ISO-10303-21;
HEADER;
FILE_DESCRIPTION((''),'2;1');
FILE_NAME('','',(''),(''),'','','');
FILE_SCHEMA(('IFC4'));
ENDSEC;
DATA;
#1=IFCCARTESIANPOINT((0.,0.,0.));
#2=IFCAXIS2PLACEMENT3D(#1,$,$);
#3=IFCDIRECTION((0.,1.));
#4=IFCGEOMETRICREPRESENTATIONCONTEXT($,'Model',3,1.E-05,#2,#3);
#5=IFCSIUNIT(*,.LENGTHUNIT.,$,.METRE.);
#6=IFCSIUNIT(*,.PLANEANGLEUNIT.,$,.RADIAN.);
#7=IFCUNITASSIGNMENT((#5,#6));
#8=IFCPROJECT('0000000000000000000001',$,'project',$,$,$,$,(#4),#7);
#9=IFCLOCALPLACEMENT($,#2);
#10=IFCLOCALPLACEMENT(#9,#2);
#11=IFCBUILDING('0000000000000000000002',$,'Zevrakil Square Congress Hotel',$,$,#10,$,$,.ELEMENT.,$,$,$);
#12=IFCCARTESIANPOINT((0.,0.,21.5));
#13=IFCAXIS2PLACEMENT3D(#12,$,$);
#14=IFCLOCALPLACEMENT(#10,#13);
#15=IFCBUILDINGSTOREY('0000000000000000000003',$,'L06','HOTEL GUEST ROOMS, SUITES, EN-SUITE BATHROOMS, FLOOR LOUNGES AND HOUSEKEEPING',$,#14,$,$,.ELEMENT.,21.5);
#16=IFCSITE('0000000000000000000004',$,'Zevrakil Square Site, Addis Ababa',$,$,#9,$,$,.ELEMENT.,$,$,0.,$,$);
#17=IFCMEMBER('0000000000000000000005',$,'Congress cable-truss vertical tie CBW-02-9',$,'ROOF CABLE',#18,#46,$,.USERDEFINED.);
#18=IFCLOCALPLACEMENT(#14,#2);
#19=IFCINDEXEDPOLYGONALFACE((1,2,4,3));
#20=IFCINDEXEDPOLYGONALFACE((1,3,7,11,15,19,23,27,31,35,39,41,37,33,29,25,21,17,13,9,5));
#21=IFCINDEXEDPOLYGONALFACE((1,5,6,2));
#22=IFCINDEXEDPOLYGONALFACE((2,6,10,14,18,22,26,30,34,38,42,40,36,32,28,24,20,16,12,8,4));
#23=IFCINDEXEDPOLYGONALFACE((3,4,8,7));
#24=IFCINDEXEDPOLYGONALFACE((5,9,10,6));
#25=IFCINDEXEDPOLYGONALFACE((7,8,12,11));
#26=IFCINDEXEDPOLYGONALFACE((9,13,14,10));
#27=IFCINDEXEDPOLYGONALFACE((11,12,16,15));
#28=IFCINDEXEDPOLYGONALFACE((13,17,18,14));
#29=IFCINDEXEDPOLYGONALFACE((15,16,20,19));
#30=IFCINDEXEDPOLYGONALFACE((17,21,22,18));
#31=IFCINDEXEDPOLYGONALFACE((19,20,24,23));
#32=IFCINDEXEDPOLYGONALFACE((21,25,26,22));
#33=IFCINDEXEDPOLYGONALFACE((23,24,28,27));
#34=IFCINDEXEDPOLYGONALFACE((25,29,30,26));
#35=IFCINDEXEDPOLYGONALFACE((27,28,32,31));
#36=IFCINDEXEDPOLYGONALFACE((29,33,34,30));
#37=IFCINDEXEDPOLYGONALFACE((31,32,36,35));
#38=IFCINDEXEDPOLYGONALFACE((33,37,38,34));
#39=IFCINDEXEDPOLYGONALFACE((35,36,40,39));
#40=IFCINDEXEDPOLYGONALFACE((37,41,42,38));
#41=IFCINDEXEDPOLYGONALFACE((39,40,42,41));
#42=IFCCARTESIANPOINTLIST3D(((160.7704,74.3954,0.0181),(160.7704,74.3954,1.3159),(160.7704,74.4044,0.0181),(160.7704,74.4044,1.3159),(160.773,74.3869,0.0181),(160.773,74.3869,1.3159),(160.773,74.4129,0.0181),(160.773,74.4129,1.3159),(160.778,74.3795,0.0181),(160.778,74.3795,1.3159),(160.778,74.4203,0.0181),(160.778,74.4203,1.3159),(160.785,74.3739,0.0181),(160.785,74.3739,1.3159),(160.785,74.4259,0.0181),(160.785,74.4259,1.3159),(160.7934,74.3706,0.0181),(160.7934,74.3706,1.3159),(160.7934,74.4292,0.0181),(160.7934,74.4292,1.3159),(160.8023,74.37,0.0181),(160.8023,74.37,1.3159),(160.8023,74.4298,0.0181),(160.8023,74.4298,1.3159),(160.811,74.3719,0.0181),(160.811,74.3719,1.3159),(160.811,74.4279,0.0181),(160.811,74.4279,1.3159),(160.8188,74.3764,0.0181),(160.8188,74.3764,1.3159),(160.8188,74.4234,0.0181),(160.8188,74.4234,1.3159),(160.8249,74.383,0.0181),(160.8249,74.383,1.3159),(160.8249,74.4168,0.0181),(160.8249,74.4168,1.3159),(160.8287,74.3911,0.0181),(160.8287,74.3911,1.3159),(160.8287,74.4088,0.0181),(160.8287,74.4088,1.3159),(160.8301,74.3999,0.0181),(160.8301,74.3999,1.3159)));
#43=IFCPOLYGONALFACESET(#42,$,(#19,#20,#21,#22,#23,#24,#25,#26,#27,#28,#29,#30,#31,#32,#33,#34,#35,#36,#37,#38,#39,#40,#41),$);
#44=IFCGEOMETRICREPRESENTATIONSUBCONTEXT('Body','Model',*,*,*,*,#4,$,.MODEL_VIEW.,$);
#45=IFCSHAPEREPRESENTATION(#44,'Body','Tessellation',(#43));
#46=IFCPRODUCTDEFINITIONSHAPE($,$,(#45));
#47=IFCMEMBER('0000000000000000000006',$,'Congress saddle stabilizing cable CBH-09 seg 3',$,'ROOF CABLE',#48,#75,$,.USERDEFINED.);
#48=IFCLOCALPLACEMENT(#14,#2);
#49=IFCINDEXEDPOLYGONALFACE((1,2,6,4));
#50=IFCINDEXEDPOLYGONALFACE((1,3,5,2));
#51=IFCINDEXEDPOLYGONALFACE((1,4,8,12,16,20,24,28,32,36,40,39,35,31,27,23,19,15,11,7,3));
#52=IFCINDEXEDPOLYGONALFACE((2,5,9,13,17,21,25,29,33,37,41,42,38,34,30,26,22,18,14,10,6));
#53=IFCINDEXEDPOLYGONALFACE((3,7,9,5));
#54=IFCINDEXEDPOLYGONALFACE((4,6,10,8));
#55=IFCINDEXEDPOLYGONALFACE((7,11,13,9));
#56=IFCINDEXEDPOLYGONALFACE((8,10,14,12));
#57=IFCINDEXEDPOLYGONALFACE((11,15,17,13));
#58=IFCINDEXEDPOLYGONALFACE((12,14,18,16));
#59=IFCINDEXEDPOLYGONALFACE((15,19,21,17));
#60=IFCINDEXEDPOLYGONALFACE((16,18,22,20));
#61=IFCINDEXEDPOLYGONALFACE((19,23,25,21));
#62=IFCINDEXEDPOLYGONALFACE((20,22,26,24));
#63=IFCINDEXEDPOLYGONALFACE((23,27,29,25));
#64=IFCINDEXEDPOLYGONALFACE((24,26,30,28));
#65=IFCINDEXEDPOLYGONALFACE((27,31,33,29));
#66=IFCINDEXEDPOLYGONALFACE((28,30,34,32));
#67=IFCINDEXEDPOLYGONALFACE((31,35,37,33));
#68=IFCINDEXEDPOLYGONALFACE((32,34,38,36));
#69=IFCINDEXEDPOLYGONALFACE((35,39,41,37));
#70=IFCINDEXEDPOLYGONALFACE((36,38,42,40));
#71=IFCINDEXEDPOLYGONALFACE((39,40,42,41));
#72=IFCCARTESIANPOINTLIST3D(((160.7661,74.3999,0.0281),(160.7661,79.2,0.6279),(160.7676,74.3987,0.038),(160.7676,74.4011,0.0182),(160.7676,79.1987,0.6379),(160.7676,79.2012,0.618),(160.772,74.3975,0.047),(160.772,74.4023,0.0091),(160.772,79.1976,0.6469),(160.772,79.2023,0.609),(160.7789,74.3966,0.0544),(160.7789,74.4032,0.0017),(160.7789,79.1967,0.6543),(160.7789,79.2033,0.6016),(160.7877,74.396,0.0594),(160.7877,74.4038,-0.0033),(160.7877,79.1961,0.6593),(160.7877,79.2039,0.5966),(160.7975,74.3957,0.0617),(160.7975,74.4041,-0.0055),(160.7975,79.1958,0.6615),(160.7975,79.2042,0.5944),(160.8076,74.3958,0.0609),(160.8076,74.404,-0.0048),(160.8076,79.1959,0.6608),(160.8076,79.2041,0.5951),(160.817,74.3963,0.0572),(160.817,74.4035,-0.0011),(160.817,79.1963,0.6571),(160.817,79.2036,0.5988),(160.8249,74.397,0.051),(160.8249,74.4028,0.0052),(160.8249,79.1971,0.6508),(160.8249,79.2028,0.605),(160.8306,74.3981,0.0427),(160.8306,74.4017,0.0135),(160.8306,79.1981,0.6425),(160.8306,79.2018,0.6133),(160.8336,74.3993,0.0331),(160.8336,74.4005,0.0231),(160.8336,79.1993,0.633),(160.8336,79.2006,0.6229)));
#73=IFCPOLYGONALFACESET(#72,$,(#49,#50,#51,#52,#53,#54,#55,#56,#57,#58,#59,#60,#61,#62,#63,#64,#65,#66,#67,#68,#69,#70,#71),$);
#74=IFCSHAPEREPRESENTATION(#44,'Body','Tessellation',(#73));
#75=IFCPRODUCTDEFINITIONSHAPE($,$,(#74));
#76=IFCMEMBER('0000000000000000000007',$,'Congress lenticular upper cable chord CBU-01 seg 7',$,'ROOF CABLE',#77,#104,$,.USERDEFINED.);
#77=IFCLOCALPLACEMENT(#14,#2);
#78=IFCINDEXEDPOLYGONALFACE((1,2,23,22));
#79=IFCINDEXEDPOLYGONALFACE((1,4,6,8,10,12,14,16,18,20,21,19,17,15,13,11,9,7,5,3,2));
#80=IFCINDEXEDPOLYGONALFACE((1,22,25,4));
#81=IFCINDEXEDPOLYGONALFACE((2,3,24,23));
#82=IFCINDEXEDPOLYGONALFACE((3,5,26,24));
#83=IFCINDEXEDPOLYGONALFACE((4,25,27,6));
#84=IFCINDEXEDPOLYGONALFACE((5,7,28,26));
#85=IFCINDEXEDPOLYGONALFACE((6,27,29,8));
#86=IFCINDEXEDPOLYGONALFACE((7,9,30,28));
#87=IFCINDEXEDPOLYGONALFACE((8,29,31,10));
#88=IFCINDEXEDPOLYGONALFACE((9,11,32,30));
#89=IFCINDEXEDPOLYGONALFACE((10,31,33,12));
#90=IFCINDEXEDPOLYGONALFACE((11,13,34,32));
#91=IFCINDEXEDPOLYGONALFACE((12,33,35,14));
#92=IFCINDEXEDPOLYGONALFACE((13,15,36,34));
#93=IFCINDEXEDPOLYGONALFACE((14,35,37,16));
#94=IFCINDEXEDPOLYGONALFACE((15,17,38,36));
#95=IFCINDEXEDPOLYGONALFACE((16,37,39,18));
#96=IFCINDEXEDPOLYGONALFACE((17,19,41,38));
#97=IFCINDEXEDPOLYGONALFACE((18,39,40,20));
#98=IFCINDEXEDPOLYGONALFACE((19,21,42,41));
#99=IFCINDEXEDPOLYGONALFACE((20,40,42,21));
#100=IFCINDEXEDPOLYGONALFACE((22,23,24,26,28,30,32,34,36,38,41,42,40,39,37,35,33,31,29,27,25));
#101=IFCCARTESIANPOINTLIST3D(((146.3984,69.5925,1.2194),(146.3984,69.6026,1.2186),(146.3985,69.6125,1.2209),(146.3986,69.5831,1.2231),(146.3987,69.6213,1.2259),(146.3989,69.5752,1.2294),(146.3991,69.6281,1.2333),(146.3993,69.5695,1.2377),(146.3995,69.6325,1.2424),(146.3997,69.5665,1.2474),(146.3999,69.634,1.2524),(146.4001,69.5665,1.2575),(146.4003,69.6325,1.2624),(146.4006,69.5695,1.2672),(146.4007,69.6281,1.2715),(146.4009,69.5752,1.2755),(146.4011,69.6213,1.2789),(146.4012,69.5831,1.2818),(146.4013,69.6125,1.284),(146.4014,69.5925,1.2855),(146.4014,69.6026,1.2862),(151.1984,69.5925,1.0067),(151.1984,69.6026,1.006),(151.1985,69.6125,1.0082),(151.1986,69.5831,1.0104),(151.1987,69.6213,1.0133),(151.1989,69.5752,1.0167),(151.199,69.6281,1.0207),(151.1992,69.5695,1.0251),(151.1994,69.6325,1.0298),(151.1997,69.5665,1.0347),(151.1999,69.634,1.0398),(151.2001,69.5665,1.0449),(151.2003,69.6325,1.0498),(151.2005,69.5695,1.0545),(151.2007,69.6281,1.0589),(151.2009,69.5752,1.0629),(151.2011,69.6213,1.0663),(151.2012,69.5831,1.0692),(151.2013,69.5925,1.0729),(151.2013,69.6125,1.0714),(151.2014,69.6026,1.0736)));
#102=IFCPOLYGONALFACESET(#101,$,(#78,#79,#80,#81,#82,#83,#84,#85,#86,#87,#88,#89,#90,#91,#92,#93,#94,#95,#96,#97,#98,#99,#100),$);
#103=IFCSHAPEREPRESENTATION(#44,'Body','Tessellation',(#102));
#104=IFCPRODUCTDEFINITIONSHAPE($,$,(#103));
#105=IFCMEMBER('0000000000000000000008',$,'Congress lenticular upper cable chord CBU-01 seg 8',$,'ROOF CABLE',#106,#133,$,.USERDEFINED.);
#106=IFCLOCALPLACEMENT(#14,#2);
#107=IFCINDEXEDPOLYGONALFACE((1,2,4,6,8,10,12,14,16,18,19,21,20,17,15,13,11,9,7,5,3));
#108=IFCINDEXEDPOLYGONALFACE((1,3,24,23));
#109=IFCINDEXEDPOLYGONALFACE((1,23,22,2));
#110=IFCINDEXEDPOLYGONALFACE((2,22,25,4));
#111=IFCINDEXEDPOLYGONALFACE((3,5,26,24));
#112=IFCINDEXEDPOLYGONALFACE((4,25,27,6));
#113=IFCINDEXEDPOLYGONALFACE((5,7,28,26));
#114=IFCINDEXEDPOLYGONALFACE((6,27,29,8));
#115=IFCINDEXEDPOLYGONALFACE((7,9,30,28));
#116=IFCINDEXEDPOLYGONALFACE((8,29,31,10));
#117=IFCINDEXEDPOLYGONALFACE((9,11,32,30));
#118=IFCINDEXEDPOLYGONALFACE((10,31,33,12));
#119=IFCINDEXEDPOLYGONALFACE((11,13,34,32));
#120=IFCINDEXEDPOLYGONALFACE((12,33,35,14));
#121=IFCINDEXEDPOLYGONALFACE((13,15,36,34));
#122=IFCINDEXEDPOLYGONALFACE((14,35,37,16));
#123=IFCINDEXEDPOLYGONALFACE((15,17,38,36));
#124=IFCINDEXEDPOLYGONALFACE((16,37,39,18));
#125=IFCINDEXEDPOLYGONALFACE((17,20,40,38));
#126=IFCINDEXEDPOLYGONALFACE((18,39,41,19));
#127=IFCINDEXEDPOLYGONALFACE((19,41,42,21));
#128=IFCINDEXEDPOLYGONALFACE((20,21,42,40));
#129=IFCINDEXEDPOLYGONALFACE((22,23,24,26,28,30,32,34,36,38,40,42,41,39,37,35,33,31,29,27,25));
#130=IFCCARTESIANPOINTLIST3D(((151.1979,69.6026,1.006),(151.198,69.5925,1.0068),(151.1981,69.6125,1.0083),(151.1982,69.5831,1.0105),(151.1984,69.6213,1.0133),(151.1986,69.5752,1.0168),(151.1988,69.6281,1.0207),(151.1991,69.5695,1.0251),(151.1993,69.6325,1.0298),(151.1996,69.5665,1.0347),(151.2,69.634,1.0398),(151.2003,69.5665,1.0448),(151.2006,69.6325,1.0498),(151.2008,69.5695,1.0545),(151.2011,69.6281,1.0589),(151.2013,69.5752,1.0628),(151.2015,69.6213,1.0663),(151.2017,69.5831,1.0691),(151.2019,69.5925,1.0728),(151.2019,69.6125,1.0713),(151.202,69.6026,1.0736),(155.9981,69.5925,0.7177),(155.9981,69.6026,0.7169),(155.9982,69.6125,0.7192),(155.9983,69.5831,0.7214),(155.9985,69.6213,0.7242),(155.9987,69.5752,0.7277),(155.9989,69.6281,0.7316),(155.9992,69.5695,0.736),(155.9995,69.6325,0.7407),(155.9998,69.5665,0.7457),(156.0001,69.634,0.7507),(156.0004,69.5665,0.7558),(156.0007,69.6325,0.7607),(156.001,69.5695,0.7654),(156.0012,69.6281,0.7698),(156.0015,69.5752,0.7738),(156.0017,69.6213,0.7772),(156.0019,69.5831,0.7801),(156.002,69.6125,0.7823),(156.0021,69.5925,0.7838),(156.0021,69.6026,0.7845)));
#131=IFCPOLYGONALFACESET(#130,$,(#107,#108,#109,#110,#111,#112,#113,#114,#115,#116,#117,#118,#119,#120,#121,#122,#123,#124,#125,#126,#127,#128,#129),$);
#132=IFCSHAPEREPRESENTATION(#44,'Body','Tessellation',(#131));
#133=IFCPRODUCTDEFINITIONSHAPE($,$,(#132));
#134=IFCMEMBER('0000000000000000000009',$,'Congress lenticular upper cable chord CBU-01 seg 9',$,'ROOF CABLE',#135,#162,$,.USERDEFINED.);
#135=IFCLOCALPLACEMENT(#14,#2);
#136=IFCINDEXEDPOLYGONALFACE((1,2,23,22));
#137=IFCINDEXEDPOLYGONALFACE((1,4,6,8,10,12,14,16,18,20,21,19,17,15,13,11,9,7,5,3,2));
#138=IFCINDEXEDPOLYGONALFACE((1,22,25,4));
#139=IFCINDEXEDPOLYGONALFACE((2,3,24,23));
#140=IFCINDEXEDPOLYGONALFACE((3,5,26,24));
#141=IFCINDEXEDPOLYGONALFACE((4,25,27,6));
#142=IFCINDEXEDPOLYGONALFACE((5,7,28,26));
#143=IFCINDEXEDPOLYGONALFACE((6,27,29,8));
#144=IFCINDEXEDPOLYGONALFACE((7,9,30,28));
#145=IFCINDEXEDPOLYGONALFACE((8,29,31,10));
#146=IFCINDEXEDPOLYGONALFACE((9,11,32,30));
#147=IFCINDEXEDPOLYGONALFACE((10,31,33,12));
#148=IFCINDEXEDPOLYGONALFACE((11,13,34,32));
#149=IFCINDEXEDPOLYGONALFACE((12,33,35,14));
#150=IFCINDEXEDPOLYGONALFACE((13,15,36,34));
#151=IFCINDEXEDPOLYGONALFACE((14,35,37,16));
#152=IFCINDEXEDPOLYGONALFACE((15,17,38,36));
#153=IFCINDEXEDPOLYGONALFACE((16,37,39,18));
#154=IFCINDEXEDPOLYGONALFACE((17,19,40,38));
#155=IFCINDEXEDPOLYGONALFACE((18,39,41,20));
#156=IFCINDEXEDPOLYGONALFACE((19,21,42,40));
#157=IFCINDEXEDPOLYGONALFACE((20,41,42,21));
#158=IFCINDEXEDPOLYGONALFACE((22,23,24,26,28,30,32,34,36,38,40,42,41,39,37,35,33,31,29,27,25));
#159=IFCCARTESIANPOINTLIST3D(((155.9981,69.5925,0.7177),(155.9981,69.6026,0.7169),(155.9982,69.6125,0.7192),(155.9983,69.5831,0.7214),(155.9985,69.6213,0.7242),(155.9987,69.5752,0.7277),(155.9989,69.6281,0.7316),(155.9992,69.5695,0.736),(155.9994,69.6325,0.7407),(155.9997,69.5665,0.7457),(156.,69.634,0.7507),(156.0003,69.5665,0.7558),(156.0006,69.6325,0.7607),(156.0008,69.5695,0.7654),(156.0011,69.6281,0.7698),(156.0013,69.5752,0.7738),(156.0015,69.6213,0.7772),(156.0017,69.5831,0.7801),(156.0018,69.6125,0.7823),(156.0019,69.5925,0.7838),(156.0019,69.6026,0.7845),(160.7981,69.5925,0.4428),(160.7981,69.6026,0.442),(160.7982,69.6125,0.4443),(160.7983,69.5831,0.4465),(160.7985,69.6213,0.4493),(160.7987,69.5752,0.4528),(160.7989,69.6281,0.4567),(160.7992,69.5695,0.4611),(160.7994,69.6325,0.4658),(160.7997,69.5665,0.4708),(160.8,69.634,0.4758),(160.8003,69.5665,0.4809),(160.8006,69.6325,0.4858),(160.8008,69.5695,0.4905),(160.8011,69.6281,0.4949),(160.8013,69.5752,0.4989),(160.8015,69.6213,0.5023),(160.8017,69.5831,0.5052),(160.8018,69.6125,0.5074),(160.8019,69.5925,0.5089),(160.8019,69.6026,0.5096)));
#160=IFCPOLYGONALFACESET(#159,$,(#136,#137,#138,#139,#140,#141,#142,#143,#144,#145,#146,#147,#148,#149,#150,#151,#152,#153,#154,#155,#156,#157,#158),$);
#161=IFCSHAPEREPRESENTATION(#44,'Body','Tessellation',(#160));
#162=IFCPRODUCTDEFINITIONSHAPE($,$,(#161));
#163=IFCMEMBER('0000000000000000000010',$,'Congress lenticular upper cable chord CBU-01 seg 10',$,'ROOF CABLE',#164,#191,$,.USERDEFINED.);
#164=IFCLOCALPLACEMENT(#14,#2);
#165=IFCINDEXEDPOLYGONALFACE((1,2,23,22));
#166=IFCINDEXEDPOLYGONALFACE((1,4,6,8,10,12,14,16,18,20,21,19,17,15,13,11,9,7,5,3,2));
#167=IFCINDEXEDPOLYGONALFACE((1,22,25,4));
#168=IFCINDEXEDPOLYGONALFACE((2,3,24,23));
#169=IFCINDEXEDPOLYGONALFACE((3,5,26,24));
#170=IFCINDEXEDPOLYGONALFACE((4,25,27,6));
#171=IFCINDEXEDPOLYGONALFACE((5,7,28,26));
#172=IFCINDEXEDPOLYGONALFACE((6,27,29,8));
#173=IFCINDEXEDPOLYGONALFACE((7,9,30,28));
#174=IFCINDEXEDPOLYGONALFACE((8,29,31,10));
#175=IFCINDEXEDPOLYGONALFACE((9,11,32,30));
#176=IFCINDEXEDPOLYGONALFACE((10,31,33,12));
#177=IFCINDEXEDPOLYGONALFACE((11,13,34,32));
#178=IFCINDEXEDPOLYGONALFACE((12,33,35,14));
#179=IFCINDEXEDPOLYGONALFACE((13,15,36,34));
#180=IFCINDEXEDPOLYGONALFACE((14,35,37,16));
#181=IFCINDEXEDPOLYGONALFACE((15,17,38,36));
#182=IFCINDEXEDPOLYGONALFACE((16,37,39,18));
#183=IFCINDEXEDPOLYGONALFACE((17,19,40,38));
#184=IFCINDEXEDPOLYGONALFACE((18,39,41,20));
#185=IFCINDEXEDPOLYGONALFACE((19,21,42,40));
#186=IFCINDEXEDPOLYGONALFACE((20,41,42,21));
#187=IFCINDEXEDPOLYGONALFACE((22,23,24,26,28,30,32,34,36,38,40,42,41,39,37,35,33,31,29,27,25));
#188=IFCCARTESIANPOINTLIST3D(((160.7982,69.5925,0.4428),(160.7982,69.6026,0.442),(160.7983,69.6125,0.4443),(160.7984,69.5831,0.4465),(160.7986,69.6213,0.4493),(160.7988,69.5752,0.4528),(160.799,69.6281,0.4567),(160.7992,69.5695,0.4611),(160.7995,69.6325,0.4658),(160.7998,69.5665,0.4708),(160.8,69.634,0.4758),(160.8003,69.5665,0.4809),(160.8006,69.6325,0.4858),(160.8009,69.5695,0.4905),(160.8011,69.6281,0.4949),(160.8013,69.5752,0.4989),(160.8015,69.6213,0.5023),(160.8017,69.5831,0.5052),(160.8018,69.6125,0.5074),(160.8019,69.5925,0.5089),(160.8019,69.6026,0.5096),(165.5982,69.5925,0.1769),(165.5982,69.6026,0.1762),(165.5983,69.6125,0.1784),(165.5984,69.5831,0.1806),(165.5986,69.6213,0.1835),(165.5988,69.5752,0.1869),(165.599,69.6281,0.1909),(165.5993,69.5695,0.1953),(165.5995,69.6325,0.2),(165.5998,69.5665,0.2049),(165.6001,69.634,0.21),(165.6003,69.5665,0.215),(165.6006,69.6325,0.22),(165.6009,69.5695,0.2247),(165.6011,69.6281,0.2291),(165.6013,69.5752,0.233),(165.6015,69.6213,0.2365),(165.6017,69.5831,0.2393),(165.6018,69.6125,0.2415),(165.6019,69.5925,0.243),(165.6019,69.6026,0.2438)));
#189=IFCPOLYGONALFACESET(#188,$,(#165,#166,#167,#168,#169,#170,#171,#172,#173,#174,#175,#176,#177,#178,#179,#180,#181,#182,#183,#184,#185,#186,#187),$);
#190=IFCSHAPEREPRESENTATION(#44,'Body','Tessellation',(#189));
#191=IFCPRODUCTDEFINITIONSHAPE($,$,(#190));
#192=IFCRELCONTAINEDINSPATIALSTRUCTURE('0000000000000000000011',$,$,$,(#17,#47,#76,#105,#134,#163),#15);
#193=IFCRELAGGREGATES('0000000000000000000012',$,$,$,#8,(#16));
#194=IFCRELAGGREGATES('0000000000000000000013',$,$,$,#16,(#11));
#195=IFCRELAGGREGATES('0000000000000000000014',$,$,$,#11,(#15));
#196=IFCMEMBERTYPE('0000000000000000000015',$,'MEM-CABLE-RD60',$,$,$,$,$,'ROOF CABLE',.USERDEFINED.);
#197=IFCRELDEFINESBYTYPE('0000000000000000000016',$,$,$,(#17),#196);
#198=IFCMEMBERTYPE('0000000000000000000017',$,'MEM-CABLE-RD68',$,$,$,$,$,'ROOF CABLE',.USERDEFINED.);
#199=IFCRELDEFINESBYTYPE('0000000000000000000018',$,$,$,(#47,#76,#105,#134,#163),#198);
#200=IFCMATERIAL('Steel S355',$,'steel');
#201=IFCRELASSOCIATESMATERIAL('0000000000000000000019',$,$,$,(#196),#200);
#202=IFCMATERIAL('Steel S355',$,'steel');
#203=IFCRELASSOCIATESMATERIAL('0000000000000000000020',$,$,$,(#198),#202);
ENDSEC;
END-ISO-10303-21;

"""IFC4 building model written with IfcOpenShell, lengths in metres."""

from ifc_helpers import new_model, si_unit, direction, frame, origin, origin_2d, place, context, subcontext, project, spatial, circle, extrude, material, material_profile, profile_set, type_object, element, save


model = new_model("IFC4")

# Units and contexts
model_context = context("Model", 3, precision=1e-05, world=origin(), true_north=direction((0.0, 1.0)))
body_context = subcontext(model_context, "Body", "Model", "MODEL_VIEW")
ifc_project = project(units=[si_unit("LENGTHUNIT", "METRE"), si_unit("PLANEANGLEUNIT", "RADIAN")], contexts=[model_context])

# Site, building, storey
site_placement = place(None, origin())
site = spatial("IfcSite", under=ifc_project, at=site_placement, Name="Zevrakil Square Site, Addis Ababa", CompositionType="ELEMENT", RefElevation=0.0)
building_placement = place(site_placement, origin())
building = spatial("IfcBuilding", under=site, at=building_placement, Name="Zevrakil Square Congress Hotel", CompositionType="ELEMENT")
storey_placement = place(building_placement, frame((0.0, 0.0, 21.5)))
storey = spatial("IfcBuildingStorey", under=building, at=storey_placement, Name="L06", Description="HOTEL GUEST ROOMS, SUITES, EN-SUITE BATHROOMS, FLOOR LOUNGES AND HOUSEKEEPING", CompositionType="ELEMENT", Elevation=21.5)

# Members
ifc_material_1 = material(Name="Steel S355", Category="steel")
ifc_material_profile_1 = material_profile(ifc_material_1, circle(Radius=0.03, at=origin_2d()), Name="CABLE RD60")
ifc_profile_set_1 = profile_set([ifc_material_profile_1], Name="Steel S355")
member_type_1 = type_object("IfcMemberType", Name="MEM-CABLE-RD60", ElementType="ROOF CABLE", PredefinedType="USERDEFINED", material=ifc_profile_set_1)
member_1_placement = place(storey_placement, frame((160.8, 74.3999, 0.0181), z_axis=(0.0, 0.0, 1.0), x_axis=(1.0, 0.0, 0.0)))
element("IfcMember", 1, at=member_1_placement, inside=storey, type_object=member_type_1, Name="Congress cable-truss vertical tie CBW-02-9", ObjectType="ROOF CABLE", PredefinedType="USERDEFINED", context=body_context, shape_type="SweptSolid", body=[
    extrude(circle(Radius=0.03, at=origin_2d()), origin(), (0.0, 0.0, 1.0), 1.2979),
])
ifc_material_2 = material(Name="Steel S355", Category="steel")
ifc_material_profile_2 = material_profile(ifc_material_2, circle(Radius=0.0339, at=origin_2d()), Name="CABLE RD68")
ifc_profile_set_2 = profile_set([ifc_material_profile_2], Name="Steel S355")
member_type_2 = type_object("IfcMemberType", Name="MEM-CABLE-RD68", ElementType="ROOF CABLE", PredefinedType="USERDEFINED", material=ifc_profile_set_2)
member_2_placement = place(storey_placement, frame((160.8, 74.3999, 0.0281), z_axis=(0.0, 0.992282, 0.124004), x_axis=(-1.0, 0.0, 0.0)))
element("IfcMember", 2, at=member_2_placement, inside=storey, type_object=member_type_2, Name="Congress saddle stabilizing cable CBH-09 seg 3", ObjectType="ROOF CABLE", PredefinedType="USERDEFINED", context=body_context, shape_type="SweptSolid", body=[
    extrude(circle(Radius=0.0339, at=origin_2d()), origin(), (0.0, 0.0, 1.0), 4.8374),
])
member_3_placement = place(storey_placement, frame((146.3999, 69.6001, 1.2524), z_axis=(0.99902, 0.0, -0.044257), x_axis=(0.0, 1.0, 0.0)))
element("IfcMember", 3, at=member_3_placement, inside=storey, type_object=member_type_2, Name="Congress lenticular upper cable chord CBU-01 seg 7", ObjectType="ROOF CABLE", PredefinedType="USERDEFINED", context=body_context, shape_type="SweptSolid", body=[
    extrude(circle(Radius=0.0339, at=origin_2d()), origin(), (0.0, 0.0, 1.0), 4.8047),
])
member_4_placement = place(storey_placement, frame((151.2, 69.6001, 1.0398), z_axis=(0.998192, 0.0, -0.060112), x_axis=(0.0, 1.0, 0.0)))
element("IfcMember", 4, at=member_4_placement, inside=storey, type_object=member_type_2, Name="Congress lenticular upper cable chord CBU-01 seg 8", ObjectType="ROOF CABLE", PredefinedType="USERDEFINED", context=body_context, shape_type="SweptSolid", body=[
    extrude(circle(Radius=0.0339, at=origin_2d()), origin(), (0.0, 0.0, 1.0), 4.8088),
])
member_5_placement = place(storey_placement, frame((156.0, 69.6001, 0.7507), z_axis=(0.998364, 0.0, -0.057177), x_axis=(0.0, 1.0, 0.0)))
element("IfcMember", 5, at=member_5_placement, inside=storey, type_object=member_type_2, Name="Congress lenticular upper cable chord CBU-01 seg 9", ObjectType="ROOF CABLE", PredefinedType="USERDEFINED", context=body_context, shape_type="SweptSolid", body=[
    extrude(circle(Radius=0.0339, at=origin_2d()), origin(), (0.0, 0.0, 1.0), 4.8079),
])
member_6_placement = place(storey_placement, frame((160.8, 69.6001, 0.4758), z_axis=(0.99847, 0.0, -0.055304), x_axis=(0.0, 1.0, 0.0)))
element("IfcMember", 6, at=member_6_placement, inside=storey, type_object=member_type_2, Name="Congress lenticular upper cable chord CBU-01 seg 10", ObjectType="ROOF CABLE", PredefinedType="USERDEFINED", context=body_context, shape_type="SweptSolid", body=[
    extrude(circle(Radius=0.0339, at=origin_2d()), origin(), (0.0, 0.0, 1.0), 4.8074),
])

save(model, "model.ifc")
